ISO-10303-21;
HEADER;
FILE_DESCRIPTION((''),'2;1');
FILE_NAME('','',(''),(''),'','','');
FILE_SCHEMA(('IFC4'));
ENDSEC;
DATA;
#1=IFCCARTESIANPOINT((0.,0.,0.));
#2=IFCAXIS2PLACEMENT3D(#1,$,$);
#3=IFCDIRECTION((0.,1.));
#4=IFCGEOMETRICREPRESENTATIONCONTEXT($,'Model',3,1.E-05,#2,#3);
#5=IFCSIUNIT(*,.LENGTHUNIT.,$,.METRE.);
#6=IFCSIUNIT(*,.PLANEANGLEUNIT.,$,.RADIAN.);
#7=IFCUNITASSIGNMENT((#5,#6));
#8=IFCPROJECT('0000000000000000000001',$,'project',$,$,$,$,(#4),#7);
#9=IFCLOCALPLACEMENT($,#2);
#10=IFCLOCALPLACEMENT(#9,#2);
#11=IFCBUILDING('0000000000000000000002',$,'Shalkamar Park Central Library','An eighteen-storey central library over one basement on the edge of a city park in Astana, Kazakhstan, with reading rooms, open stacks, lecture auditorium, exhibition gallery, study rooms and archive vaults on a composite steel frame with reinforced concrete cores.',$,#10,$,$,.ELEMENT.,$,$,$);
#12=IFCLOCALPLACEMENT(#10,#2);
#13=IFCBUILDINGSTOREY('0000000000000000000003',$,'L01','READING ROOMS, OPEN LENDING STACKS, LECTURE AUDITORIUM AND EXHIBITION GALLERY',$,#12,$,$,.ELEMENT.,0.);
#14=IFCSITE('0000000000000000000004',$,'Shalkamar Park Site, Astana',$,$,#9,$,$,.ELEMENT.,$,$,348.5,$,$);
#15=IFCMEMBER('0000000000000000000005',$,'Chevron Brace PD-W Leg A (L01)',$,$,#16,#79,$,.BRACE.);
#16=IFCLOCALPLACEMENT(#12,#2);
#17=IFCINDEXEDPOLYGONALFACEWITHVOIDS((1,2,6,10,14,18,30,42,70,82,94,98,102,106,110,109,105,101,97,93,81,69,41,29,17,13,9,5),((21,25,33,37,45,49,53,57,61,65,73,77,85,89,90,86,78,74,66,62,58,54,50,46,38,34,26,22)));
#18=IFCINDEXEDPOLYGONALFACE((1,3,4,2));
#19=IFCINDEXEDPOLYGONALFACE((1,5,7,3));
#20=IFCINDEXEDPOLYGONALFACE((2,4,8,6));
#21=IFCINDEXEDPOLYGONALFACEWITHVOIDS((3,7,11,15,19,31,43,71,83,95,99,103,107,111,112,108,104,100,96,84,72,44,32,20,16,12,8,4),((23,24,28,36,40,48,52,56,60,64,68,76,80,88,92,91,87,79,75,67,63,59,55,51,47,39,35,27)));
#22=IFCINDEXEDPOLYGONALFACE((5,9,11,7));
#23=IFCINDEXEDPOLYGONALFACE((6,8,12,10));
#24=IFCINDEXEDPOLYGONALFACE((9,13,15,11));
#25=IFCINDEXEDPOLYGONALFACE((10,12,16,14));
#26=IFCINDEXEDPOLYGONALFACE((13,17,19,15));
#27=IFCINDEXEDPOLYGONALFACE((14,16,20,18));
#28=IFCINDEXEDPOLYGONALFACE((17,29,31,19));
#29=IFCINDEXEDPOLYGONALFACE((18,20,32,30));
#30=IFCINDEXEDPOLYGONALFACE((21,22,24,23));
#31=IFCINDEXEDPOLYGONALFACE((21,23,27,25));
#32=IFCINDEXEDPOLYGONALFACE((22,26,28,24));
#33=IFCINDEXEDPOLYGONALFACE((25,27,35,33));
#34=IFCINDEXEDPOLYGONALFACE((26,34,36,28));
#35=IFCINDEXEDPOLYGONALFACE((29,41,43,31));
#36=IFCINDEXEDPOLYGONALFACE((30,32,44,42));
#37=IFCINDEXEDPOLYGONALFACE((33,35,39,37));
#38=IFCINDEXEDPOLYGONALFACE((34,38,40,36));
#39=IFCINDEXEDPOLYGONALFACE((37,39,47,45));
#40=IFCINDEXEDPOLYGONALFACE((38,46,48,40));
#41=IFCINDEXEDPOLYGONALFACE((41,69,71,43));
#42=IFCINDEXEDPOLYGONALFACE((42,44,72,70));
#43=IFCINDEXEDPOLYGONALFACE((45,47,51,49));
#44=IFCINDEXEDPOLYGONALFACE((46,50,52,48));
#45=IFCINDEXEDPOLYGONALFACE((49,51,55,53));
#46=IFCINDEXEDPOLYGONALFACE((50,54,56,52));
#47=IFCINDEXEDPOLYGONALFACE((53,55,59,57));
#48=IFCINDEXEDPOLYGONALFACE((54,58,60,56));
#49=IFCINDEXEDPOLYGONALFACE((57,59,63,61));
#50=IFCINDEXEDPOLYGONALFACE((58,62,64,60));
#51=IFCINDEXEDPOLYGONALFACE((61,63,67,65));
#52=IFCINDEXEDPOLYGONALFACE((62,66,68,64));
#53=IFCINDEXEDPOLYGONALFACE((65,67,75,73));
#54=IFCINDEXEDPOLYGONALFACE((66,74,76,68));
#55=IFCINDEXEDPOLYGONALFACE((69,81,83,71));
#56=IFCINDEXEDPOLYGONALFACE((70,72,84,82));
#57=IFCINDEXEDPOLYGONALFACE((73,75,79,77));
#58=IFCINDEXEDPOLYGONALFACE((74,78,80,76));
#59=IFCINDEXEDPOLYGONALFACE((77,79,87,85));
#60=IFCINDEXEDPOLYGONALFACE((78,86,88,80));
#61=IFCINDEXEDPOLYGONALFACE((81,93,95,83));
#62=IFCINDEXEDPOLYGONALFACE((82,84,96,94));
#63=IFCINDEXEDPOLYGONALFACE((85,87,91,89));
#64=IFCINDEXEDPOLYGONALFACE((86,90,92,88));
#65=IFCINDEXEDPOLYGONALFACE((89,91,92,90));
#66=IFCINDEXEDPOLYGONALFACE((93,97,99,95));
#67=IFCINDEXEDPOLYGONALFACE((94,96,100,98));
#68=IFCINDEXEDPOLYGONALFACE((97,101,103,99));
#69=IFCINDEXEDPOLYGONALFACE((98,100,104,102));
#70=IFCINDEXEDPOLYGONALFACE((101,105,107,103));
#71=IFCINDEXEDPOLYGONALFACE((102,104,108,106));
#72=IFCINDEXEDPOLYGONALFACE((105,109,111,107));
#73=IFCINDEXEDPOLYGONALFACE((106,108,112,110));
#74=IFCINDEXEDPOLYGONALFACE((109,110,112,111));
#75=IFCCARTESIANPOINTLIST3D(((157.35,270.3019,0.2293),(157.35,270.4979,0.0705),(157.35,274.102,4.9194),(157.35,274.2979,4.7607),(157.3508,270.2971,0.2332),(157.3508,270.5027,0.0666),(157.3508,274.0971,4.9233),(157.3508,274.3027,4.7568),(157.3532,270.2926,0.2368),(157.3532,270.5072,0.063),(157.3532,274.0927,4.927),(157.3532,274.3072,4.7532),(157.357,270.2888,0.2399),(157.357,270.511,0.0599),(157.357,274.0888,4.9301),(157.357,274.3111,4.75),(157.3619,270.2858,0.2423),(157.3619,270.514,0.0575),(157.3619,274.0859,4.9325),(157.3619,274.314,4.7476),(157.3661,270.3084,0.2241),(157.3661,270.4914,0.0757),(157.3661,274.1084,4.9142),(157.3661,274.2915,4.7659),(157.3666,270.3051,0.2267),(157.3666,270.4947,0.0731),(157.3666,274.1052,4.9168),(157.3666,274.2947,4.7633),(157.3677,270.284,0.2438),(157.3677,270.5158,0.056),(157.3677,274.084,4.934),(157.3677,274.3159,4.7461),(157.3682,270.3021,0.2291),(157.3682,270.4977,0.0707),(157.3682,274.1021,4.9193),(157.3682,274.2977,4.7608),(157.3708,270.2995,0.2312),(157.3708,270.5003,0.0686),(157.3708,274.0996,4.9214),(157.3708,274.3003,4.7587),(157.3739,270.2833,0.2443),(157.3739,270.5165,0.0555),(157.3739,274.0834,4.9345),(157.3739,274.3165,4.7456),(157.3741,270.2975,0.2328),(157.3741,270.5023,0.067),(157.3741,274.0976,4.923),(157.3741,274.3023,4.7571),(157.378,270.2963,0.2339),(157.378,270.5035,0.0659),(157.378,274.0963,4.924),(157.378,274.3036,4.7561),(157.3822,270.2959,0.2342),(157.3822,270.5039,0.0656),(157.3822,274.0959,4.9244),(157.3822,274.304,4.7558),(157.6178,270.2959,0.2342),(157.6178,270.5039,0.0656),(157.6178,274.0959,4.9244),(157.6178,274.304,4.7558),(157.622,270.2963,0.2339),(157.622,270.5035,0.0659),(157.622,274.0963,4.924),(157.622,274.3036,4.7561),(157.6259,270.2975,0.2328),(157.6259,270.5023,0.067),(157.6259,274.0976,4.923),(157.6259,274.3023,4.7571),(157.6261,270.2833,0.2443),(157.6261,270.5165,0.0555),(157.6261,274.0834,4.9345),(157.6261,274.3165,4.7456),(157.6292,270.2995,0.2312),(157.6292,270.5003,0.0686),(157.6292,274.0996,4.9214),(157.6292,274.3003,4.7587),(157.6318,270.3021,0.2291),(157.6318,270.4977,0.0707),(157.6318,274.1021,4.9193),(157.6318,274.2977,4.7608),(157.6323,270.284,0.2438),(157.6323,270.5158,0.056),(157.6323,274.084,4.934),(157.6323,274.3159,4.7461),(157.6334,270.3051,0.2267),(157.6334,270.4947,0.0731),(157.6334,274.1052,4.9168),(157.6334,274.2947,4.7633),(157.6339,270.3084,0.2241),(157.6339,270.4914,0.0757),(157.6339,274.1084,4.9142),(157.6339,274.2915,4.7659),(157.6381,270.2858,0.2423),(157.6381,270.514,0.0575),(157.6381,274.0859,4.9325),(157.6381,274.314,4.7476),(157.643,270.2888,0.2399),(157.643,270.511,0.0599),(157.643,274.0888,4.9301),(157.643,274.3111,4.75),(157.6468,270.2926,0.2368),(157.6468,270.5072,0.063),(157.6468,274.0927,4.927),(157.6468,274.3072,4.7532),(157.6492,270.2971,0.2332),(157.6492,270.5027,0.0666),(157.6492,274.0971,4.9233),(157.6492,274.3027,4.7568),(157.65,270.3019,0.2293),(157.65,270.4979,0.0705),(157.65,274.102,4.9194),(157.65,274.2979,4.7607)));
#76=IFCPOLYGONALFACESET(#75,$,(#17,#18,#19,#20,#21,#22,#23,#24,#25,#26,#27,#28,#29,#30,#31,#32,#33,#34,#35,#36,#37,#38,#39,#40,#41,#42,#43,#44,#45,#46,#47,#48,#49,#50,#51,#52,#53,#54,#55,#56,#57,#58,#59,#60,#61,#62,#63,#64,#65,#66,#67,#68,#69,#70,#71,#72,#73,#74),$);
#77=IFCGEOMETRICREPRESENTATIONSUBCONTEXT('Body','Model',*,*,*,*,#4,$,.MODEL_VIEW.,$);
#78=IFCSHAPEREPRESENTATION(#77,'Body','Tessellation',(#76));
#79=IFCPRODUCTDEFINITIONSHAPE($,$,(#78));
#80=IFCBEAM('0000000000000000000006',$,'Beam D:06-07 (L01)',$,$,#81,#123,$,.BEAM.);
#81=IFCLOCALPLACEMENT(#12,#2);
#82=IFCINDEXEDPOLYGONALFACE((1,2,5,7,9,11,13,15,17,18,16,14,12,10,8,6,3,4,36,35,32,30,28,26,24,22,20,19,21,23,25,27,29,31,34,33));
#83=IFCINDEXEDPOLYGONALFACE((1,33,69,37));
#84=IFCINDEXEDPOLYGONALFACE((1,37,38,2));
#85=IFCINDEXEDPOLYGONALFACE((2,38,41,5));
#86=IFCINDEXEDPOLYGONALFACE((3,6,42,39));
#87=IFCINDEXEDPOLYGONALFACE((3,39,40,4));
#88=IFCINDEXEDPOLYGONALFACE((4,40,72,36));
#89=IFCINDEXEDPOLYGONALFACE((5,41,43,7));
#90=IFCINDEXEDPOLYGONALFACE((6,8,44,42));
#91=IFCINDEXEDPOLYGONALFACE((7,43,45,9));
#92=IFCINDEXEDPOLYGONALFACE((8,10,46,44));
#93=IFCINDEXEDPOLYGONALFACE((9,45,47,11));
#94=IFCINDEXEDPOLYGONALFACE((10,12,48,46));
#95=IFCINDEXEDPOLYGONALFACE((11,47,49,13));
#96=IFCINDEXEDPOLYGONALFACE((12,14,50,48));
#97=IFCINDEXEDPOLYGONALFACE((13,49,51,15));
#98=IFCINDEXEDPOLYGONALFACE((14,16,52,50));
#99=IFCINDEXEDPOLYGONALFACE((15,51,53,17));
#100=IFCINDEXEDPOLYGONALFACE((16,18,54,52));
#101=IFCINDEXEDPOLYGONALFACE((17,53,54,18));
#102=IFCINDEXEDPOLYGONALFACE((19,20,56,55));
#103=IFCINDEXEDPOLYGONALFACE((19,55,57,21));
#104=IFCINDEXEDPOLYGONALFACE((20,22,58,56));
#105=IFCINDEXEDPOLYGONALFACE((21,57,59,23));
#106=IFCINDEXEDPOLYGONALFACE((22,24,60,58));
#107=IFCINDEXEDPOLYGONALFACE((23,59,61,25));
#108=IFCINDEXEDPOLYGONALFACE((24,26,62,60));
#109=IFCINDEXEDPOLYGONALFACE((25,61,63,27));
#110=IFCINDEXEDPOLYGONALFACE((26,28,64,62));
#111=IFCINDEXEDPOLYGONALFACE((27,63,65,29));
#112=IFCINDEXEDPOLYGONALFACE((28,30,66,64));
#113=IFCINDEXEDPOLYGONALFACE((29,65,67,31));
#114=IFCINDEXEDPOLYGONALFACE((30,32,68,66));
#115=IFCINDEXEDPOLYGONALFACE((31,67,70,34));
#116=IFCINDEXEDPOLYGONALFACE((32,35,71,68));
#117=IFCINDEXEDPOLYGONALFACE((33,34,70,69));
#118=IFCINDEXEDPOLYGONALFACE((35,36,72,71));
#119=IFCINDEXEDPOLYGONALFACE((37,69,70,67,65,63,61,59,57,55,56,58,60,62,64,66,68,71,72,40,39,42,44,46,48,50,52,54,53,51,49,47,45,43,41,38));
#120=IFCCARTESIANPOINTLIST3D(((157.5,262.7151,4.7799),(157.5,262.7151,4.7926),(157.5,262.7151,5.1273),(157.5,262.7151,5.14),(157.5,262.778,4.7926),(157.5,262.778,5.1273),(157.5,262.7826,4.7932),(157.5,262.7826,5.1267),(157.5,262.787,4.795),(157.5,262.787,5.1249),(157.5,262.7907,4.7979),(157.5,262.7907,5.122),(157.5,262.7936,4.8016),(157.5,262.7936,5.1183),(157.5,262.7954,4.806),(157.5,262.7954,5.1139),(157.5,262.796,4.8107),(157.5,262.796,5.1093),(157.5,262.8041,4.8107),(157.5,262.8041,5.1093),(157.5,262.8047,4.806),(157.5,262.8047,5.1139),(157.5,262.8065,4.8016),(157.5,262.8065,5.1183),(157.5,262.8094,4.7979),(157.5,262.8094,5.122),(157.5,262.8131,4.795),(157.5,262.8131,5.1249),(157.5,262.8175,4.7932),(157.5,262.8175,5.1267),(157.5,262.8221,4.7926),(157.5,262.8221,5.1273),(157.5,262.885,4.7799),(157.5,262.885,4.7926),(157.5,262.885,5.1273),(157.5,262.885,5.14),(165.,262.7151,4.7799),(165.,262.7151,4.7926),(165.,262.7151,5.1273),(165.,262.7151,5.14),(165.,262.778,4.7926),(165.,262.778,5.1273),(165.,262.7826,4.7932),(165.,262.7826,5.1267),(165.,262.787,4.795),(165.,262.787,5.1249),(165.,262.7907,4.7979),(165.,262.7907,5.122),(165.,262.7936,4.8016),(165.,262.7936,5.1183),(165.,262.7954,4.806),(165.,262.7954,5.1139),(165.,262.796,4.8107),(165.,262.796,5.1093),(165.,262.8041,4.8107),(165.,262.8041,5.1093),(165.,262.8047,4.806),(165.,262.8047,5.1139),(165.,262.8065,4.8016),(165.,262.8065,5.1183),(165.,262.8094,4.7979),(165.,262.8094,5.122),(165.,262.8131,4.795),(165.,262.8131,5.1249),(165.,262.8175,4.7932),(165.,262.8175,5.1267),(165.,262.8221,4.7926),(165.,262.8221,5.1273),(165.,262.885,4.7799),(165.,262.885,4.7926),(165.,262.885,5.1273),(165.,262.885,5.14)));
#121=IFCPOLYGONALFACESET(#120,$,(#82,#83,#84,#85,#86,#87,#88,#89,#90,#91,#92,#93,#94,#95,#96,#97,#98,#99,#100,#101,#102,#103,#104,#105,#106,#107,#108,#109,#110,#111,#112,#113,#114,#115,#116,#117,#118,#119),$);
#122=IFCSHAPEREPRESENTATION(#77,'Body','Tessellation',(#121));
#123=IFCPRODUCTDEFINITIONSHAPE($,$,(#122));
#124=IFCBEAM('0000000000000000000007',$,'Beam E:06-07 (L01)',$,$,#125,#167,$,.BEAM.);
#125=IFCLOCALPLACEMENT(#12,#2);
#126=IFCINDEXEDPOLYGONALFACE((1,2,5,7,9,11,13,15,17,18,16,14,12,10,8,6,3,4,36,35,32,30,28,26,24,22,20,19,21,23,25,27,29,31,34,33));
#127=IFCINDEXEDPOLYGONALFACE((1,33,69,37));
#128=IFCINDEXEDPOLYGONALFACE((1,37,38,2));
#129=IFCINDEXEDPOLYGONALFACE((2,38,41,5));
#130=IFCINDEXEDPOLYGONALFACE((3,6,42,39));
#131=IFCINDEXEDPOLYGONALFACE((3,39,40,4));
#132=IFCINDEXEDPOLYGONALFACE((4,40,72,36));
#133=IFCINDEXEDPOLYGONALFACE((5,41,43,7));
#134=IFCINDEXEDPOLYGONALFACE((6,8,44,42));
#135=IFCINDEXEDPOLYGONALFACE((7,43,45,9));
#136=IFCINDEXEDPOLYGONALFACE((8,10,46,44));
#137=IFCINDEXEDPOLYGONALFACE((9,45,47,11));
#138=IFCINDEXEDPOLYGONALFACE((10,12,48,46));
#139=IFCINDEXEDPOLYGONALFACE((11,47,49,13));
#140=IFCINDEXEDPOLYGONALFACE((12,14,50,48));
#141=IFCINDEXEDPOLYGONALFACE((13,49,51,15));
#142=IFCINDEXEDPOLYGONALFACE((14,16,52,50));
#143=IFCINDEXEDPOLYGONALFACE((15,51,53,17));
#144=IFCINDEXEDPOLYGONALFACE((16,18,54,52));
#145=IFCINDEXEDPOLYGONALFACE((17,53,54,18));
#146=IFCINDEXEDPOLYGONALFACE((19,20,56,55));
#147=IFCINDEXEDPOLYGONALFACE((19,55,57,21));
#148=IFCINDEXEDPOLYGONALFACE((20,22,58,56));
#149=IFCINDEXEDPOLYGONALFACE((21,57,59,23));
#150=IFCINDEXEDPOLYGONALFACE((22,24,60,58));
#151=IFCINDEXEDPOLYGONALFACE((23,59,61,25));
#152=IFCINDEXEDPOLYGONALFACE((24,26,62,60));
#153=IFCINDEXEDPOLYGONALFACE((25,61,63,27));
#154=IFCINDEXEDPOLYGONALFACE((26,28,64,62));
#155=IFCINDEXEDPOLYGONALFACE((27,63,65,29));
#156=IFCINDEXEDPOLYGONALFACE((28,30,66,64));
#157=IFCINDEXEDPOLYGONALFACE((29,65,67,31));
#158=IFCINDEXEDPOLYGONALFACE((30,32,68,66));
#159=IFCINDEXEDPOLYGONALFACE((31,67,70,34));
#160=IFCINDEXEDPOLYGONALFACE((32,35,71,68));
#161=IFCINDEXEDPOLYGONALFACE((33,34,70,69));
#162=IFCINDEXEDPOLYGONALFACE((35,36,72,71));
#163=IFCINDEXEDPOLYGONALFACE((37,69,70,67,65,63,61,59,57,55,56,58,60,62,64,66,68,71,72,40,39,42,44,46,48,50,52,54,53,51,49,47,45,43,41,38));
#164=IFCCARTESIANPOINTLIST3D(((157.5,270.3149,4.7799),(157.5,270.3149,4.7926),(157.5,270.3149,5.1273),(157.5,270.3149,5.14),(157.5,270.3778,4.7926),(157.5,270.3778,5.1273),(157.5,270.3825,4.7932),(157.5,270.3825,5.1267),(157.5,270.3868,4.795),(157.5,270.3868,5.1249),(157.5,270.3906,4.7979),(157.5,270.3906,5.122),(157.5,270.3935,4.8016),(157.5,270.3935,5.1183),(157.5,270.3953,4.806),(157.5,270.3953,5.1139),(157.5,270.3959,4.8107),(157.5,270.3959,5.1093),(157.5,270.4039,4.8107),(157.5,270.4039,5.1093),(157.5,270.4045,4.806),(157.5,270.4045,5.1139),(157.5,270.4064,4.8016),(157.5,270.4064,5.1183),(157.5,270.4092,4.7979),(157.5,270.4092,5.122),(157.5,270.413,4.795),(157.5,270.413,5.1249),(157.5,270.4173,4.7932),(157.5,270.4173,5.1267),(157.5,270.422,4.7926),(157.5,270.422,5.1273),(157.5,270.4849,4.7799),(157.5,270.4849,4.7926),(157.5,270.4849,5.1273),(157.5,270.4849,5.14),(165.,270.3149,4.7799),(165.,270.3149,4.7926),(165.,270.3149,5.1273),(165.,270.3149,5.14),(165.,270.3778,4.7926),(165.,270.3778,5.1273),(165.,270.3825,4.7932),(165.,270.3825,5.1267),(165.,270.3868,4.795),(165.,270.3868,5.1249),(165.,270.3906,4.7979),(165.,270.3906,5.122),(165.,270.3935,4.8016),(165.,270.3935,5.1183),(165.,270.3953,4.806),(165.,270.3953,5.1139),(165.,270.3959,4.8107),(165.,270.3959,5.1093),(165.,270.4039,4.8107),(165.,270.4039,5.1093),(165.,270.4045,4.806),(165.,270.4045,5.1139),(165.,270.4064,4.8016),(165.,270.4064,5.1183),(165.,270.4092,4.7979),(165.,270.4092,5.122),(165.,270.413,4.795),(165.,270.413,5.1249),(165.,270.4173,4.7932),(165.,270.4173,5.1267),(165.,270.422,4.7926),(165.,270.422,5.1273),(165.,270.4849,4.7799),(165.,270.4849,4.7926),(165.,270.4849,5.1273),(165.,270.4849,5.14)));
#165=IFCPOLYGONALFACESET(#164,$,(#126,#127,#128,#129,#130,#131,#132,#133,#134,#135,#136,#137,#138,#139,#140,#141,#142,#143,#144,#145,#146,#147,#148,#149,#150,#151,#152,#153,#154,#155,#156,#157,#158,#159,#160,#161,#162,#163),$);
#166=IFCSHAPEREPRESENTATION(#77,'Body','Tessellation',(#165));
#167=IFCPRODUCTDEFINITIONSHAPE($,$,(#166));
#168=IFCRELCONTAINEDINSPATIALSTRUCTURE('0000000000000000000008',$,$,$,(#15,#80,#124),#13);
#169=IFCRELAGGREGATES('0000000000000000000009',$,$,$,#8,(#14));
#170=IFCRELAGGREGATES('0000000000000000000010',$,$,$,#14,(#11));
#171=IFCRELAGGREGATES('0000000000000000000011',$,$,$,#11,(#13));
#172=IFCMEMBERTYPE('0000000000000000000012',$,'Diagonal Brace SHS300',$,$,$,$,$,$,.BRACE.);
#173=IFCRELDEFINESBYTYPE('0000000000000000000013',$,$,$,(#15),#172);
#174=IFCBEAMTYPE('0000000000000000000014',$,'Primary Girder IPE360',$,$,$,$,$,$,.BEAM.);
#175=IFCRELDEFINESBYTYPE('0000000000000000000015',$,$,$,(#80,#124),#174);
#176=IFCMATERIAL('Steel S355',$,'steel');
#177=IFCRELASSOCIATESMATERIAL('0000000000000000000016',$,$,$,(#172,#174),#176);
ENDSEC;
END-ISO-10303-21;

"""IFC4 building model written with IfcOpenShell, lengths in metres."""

from ifc_helpers import new_model, si_unit, direction, frame, origin, origin_2d, place, context, subcontext, project, spatial, hollow_rectangle, i_section, extrude, material, material_profile, profile_set, type_object, element, save


model = new_model("IFC4")

# Units and contexts
model_context = context("Model", 3, precision=1e-05, world=origin(), true_north=direction((0.0, 1.0)))
body_context = subcontext(model_context, "Body", "Model", "MODEL_VIEW")
ifc_project = project(units=[si_unit("LENGTHUNIT", "METRE"), si_unit("PLANEANGLEUNIT", "RADIAN")], contexts=[model_context])

# Site, building, storey
site_placement = place(None, origin())
site = spatial("IfcSite", under=ifc_project, at=site_placement, Name="Shalkamar Park Site, Astana", CompositionType="ELEMENT", RefElevation=348.5)
building_placement = place(site_placement, origin())
building = spatial("IfcBuilding", under=site, at=building_placement, Name="Shalkamar Park Central Library", Description="An eighteen-storey central library over one basement on the edge of a city park in Astana, Kazakhstan, with reading rooms, open stacks, lecture auditorium, exhibition gallery, study rooms and archive vaults on a composite steel frame with reinforced concrete cores.", CompositionType="ELEMENT")
storey_placement = place(building_placement, origin())
storey = spatial("IfcBuildingStorey", under=building, at=storey_placement, Name="L01", Description="READING ROOMS, OPEN LENDING STACKS, LECTURE AUDITORIUM AND EXHIBITION GALLERY", CompositionType="ELEMENT", Elevation=0.0)

# Shared definitions
ifc_material_1 = material(Name="Steel S355", Category="steel")

# Member
ifc_material_profile_1 = material_profile(ifc_material_1, hollow_rectangle(XDim=0.3, YDim=0.3, WallThickness=0.0161, InnerFilletRadius=0.0161, OuterFilletRadius=0.0239, at=origin_2d()), Name="SHS 300x300x16")
ifc_profile_set_1 = profile_set([ifc_material_profile_1], Name="Steel S355")
member_type = type_object("IfcMemberType", Name="Diagonal Brace SHS300", PredefinedType="BRACE", material=ifc_profile_set_1)
member_placement = place(storey_placement, frame((157.5, 270.3999, 0.1499), z_axis=(0.0, 0.629522, 0.776983), x_axis=(-1.0, 0.0, 0.0)))
element("IfcMember", 1, at=member_placement, inside=storey, type_object=member_type, Name="Chevron Brace PD-W Leg A (L01)", PredefinedType="BRACE", context=body_context, shape_type="SweptSolid", body=[
    extrude(hollow_rectangle(XDim=0.3, YDim=0.3, WallThickness=0.0161, InnerFilletRadius=0.0161, OuterFilletRadius=0.0239, at=origin_2d()), origin(), (0.0, 0.0, 1.0), 6.0364),
])

# Beams
ifc_material_profile_2 = material_profile(ifc_material_1, i_section(OverallWidth=0.1699, OverallDepth=0.3601, WebThickness=0.0081, FlangeThickness=0.0127, FilletRadius=0.0181, at=origin_2d()), Name="IPE 360")
ifc_profile_set_2 = profile_set([ifc_material_profile_2], Name="Steel S355")
beam_type_1 = type_object("IfcBeamType", Name="Primary Girder IPE360", PredefinedType="BEAM", material=ifc_profile_set_2)
for number, where, z_axis, x_axis, name in (
    (2, (157.5, 262.8, 4.96), (1.0, 0.0, 0.0), (0.0, 1.0, 0.0), "Beam D:06-07 (L01)"),
    (3, (157.5, 270.3999, 4.96), (1.0, 0.0, 0.0), (0.0, 1.0, 0.0), "Beam E:06-07 (L01)"),
):
    element("IfcBeam", number, at=place(storey_placement, frame(where, z_axis=z_axis, x_axis=x_axis)), inside=storey, type_object=beam_type_1, Name=name, PredefinedType="BEAM", context=body_context, shape_type="SweptSolid", body=[
        extrude(i_section(OverallWidth=0.1699, OverallDepth=0.3601, WebThickness=0.0081, FlangeThickness=0.0127, FilletRadius=0.0181, at=origin_2d()), origin(), (0.0, 0.0, 1.0), 7.5),
    ])

save(model, "model.ifc")
